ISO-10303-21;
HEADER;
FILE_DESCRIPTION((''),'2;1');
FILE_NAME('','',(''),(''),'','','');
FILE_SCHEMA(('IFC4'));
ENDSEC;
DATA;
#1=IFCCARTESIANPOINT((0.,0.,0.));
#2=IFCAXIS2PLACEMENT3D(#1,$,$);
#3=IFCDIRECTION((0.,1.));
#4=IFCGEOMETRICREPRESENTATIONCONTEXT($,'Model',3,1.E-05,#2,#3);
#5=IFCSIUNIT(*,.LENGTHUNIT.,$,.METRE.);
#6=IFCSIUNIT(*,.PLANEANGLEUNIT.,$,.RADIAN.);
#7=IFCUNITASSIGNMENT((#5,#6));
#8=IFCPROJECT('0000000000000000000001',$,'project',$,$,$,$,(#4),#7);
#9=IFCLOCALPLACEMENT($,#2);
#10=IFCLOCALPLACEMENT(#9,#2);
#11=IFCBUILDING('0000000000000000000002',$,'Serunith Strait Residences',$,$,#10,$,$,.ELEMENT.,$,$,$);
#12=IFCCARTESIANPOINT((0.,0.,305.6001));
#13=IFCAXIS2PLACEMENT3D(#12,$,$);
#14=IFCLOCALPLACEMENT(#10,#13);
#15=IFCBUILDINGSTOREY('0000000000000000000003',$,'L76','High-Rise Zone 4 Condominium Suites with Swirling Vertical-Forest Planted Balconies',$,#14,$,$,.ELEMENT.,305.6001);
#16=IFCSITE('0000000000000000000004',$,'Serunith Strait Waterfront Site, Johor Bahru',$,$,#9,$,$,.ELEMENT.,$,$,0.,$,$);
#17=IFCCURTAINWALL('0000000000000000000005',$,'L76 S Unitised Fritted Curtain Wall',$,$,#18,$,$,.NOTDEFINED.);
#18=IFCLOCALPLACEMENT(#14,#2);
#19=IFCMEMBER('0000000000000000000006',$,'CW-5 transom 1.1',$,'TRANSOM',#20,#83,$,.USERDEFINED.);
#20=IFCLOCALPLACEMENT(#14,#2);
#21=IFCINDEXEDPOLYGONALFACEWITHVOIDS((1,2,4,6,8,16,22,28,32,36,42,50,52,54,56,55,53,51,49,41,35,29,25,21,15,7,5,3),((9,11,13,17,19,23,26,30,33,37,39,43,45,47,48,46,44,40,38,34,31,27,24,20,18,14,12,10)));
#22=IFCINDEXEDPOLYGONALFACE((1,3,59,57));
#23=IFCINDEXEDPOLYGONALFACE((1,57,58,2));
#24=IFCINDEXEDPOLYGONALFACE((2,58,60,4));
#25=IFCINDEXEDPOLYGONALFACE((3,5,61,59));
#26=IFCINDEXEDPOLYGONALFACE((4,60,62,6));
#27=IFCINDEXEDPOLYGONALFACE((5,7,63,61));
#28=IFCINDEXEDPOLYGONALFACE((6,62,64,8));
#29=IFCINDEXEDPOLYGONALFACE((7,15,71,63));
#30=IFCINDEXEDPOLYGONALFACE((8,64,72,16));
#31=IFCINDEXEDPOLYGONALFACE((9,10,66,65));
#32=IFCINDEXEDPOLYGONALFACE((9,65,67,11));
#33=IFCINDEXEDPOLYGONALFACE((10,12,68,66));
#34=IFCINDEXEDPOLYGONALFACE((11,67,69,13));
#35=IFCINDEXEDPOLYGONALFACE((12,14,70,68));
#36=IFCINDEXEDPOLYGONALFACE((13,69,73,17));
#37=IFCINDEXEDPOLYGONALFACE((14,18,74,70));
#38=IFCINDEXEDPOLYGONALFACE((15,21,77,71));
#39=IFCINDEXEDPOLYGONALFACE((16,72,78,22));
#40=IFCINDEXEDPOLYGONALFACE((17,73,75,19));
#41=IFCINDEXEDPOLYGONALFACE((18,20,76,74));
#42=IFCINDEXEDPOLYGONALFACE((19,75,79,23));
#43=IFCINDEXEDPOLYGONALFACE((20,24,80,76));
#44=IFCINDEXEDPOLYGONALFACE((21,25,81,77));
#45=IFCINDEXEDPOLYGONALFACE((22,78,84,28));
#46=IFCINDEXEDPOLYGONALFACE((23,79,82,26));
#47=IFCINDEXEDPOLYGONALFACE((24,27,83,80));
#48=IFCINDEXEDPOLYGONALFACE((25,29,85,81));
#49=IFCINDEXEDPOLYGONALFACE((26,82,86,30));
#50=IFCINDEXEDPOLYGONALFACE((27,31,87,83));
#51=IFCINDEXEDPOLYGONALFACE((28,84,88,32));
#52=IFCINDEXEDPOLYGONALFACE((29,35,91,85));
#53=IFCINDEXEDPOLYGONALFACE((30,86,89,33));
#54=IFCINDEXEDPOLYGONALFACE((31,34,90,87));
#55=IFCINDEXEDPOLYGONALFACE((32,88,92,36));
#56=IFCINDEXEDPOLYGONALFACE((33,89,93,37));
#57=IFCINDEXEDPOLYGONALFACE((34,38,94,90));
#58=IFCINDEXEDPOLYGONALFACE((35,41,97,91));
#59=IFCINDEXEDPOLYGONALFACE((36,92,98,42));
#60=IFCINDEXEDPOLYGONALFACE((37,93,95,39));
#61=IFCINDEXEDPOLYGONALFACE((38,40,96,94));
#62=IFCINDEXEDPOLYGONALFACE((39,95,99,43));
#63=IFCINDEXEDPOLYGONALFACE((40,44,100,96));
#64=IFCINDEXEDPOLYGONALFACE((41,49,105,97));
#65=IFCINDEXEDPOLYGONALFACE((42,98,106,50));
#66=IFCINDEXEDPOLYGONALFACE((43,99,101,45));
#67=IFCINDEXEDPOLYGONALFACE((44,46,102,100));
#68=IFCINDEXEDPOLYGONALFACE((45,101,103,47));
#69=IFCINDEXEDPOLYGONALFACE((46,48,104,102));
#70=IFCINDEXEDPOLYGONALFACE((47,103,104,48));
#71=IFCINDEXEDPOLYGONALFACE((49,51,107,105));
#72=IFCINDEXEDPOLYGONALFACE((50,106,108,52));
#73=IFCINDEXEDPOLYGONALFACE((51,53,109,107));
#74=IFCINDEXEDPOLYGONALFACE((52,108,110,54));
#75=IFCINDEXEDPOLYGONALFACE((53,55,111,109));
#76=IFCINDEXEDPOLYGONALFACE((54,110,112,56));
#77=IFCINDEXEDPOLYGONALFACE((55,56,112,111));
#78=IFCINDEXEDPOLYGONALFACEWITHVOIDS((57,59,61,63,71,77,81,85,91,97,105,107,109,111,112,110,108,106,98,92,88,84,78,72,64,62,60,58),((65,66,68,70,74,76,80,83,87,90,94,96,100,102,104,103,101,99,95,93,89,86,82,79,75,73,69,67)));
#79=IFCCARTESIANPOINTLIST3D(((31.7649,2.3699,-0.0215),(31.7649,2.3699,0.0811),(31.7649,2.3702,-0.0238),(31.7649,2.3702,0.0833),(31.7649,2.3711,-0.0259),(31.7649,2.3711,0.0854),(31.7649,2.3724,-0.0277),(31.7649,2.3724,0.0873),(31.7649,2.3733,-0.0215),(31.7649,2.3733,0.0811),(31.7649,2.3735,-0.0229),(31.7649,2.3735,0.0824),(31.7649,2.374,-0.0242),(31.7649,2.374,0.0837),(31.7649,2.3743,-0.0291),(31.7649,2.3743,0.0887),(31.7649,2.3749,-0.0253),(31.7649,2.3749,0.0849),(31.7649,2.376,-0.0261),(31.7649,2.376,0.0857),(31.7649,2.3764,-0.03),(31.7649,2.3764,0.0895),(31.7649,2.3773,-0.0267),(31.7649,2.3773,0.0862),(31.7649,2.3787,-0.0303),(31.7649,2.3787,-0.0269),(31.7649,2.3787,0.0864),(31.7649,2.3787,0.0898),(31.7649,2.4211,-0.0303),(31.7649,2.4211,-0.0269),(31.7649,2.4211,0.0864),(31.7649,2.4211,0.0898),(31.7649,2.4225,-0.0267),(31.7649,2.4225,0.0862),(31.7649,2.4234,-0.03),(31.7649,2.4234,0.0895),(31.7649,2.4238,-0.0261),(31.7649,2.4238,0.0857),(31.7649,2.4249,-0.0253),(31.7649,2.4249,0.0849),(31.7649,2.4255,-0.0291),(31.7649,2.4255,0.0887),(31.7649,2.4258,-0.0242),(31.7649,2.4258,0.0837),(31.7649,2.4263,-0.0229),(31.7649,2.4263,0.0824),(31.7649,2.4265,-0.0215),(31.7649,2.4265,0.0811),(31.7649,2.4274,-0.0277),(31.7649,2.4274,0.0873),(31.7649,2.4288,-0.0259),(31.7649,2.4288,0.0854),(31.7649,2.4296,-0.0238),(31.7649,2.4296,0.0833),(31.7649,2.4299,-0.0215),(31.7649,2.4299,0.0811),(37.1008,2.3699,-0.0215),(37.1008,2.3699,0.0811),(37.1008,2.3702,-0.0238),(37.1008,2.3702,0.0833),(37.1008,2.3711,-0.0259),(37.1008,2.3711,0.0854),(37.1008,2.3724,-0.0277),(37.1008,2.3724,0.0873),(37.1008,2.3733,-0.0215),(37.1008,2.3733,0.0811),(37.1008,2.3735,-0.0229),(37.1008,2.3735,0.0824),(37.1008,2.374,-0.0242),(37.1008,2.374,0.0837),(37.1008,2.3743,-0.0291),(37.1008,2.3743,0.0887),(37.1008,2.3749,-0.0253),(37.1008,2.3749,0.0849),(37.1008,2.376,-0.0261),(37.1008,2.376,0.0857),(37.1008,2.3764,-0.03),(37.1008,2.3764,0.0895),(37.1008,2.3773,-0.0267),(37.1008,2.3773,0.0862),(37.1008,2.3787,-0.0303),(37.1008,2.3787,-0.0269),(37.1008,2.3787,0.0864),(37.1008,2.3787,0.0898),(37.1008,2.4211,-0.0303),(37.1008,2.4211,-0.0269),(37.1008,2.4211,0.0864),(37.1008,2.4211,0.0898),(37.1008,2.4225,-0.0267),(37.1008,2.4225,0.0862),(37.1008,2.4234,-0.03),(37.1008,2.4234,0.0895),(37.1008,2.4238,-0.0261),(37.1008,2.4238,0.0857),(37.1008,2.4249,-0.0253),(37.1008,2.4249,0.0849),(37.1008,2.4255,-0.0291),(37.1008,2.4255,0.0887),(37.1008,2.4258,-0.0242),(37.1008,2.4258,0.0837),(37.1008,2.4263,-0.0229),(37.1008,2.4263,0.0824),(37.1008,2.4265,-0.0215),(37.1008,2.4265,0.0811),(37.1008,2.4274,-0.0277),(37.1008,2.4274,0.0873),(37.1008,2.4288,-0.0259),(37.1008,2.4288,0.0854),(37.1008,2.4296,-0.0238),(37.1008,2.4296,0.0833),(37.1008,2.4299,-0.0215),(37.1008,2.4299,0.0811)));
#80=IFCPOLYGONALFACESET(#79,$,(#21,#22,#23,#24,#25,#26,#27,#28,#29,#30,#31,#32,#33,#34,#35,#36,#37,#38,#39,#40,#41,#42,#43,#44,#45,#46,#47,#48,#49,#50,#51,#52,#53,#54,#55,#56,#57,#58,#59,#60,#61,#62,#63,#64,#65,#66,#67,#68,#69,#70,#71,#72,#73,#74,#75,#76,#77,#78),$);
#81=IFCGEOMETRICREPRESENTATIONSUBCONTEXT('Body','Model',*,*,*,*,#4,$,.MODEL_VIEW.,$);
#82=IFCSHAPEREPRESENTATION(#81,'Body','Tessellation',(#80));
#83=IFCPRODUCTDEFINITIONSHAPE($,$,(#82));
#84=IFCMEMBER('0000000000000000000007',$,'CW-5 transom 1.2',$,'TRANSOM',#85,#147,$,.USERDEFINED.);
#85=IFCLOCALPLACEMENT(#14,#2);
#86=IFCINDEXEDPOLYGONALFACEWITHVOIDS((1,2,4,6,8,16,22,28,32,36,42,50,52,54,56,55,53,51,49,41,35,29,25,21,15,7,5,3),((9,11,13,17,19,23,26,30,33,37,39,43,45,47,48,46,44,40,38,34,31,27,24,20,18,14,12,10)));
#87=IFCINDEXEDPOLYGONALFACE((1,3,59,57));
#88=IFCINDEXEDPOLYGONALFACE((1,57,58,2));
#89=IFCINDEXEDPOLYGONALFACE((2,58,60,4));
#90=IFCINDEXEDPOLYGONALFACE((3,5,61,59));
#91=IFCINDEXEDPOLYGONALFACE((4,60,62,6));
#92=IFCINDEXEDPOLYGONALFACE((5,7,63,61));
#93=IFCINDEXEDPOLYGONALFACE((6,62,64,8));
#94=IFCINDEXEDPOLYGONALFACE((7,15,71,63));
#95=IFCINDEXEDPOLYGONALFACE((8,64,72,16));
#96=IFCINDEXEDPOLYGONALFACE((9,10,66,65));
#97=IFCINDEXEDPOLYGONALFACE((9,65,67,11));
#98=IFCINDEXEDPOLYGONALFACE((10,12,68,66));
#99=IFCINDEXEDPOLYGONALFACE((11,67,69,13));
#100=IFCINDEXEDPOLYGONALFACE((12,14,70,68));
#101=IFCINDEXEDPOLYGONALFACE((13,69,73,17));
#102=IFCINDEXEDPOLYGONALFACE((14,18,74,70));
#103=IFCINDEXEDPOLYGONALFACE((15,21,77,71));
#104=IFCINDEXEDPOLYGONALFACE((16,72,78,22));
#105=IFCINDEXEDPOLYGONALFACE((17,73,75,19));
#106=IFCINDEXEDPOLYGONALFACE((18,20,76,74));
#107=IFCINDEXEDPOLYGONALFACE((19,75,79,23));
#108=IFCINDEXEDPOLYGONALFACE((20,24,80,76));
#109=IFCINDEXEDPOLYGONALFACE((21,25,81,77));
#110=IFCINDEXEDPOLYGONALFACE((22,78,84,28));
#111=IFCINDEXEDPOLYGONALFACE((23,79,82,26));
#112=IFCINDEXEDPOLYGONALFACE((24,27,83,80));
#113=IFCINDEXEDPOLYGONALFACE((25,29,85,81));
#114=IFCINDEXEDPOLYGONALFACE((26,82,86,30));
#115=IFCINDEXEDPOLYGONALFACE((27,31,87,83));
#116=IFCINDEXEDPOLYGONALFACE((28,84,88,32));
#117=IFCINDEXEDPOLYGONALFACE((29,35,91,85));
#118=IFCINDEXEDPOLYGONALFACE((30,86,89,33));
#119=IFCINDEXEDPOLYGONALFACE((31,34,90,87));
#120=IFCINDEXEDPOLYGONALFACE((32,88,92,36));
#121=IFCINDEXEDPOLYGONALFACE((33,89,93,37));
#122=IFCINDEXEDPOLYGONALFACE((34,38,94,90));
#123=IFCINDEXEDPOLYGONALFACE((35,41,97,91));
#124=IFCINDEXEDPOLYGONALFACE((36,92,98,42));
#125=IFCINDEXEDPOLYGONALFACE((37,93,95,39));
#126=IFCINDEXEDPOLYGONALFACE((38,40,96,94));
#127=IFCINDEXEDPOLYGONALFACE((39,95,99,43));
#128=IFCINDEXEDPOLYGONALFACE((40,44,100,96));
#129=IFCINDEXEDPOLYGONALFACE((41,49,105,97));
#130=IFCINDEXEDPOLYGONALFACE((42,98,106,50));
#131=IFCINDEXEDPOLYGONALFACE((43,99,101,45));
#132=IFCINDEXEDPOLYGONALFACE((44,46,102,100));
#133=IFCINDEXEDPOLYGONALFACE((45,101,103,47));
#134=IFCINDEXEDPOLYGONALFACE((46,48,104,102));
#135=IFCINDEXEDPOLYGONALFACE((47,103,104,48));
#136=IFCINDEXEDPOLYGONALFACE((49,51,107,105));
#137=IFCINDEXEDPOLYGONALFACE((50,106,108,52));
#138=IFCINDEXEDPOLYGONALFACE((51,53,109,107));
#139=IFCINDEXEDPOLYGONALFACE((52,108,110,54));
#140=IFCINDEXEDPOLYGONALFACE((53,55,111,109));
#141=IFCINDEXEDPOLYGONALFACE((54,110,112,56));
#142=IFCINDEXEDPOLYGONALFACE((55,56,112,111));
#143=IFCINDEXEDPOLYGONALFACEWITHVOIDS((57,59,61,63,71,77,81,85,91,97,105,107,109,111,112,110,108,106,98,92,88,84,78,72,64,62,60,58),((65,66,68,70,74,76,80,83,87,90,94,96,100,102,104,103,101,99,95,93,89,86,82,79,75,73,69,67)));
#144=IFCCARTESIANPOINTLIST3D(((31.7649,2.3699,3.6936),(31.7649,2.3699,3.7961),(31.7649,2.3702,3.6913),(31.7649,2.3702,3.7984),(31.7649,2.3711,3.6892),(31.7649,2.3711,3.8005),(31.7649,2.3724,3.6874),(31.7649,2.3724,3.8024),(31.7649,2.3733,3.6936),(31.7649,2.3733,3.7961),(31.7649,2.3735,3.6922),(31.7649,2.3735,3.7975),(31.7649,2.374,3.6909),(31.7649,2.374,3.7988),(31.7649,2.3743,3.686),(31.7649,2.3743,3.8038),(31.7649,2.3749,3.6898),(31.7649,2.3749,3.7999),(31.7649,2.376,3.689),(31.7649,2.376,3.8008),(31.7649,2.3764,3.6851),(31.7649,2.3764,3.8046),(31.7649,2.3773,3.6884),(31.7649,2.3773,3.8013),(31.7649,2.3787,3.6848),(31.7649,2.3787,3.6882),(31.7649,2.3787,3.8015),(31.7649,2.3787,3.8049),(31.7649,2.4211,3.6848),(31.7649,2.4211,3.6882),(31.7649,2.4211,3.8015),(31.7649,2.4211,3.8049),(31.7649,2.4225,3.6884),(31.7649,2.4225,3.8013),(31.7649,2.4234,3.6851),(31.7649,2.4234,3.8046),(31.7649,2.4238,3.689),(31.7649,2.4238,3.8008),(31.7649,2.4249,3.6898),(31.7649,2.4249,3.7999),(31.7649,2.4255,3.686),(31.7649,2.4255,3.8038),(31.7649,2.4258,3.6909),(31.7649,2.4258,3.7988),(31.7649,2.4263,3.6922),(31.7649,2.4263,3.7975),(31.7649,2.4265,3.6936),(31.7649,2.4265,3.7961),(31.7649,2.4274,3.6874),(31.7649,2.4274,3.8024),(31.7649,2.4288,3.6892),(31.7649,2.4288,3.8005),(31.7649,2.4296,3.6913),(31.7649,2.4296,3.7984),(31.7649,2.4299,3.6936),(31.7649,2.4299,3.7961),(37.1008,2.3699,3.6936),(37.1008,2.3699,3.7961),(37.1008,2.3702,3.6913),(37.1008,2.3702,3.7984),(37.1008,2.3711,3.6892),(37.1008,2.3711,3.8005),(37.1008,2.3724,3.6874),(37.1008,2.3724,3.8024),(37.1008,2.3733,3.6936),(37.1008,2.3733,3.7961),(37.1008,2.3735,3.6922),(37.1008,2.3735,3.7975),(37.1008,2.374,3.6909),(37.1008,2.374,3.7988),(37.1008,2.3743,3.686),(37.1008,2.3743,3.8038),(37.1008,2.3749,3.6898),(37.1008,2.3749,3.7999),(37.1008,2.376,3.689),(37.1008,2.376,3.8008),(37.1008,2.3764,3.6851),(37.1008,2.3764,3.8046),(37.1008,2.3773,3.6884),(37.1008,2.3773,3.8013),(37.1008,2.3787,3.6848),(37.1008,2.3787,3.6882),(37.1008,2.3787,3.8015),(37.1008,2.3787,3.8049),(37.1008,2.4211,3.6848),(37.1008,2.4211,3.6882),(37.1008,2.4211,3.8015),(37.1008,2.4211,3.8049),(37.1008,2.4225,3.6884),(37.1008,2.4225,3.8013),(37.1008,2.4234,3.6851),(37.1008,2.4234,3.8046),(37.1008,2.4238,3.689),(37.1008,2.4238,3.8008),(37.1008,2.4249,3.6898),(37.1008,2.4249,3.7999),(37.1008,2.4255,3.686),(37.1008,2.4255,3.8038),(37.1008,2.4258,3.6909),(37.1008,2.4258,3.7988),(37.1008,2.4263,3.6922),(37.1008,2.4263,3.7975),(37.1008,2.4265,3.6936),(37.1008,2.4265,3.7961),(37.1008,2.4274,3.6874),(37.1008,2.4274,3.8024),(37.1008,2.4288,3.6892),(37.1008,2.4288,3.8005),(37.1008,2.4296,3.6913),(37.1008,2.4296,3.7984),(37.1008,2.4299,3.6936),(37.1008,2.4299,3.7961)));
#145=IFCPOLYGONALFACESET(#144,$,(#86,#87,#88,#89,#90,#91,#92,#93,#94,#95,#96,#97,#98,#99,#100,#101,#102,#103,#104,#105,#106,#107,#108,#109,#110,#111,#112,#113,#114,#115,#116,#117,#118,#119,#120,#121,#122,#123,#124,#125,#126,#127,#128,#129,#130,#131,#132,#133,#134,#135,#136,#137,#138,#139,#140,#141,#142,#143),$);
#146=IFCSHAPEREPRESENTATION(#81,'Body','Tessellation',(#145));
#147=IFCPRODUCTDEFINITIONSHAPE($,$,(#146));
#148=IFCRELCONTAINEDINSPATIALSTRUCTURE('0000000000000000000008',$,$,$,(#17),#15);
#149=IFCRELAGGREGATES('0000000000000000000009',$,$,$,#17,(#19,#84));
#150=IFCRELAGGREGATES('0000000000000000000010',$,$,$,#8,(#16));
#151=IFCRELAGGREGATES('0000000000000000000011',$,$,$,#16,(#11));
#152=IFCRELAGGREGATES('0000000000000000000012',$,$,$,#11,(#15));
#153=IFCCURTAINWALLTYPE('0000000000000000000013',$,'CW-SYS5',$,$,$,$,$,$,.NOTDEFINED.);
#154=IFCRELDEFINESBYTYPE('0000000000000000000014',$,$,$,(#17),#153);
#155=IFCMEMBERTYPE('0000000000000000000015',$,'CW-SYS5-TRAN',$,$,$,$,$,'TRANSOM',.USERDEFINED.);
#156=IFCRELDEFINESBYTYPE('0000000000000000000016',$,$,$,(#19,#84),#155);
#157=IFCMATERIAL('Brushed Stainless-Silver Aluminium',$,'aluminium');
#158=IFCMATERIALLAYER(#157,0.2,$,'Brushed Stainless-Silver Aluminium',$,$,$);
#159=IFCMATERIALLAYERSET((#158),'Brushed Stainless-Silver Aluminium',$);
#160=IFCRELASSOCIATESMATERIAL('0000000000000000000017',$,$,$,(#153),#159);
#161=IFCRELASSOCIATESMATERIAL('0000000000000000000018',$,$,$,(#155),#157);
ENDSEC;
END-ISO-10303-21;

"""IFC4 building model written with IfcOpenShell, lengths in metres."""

from ifc_helpers import new_model, si_unit, direction, frame, origin, origin_2d, place, context, subcontext, project, spatial, hollow_rectangle, extrude, source, transform, mapped, material, layer, layer_set, material_profile, profile_set, type_object, element, aggregate, save


model = new_model("IFC4")

# Units and contexts
model_context = context("Model", 3, precision=1e-05, world=origin(), true_north=direction((0.0, 1.0)))
body_context = subcontext(model_context, "Body", "Model", "MODEL_VIEW")
ifc_project = project(units=[si_unit("LENGTHUNIT", "METRE"), si_unit("PLANEANGLEUNIT", "RADIAN")], contexts=[model_context])

# Site, building, storey
site_placement = place(None, origin())
site = spatial("IfcSite", under=ifc_project, at=site_placement, Name="Serunith Strait Waterfront Site, Johor Bahru", CompositionType="ELEMENT", RefElevation=0.0)
building_placement = place(site_placement, origin())
building = spatial("IfcBuilding", under=site, at=building_placement, Name="Serunith Strait Residences", CompositionType="ELEMENT")
storey_placement = place(building_placement, frame((0.0, 0.0, 305.6001)))
storey = spatial("IfcBuildingStorey", under=building, at=storey_placement, Name="L76", Description="High-Rise Zone 4 Condominium Suites with Swirling Vertical-Forest Planted Balconies", CompositionType="ELEMENT", Elevation=305.6001)

# Curtain wall, members
ifc_material_1 = material(Name="Brushed Stainless-Silver Aluminium", Category="aluminium")
ifc_layer_1 = layer(ifc_material_1, 0.2, Name="Brushed Stainless-Silver Aluminium")
ifc_layer_set_1 = layer_set([ifc_layer_1], Name="Brushed Stainless-Silver Aluminium")
curtain_wall_type = type_object("IfcCurtainWallType", Name="CW-SYS5", PredefinedType="NOTDEFINED", material=ifc_layer_set_1)
curtain_wall_placement = place(storey_placement, origin())
curtain_wall = element("IfcCurtainWall", 1, at=curtain_wall_placement, inside=storey, type_object=curtain_wall_type, Name="L76 S Unitised Fritted Curtain Wall", PredefinedType="NOTDEFINED")
ifc_material_profile_1 = material_profile(ifc_material_1, hollow_rectangle(XDim=0.0601, YDim=0.1201, WallThickness=0.0034, InnerFilletRadius=0.0054, OuterFilletRadius=0.0088, at=origin_2d()), Name="ALU 120x60x3.5")
ifc_profile_set_1 = profile_set([ifc_material_profile_1], Name="Brushed Stainless-Silver Aluminium")
member_type_1 = type_object("IfcMemberType", Name="CW-SYS5-TRAN", ElementType="TRANSOM", PredefinedType="USERDEFINED", material=ifc_profile_set_1)
shared_shape_1 = source(origin(), body_context, "Body", "SweptSolid", [
    extrude(hollow_rectangle(XDim=0.0601, YDim=0.1201, WallThickness=0.0034, InnerFilletRadius=0.0054, OuterFilletRadius=0.0088, at=origin_2d()), origin(), (0.0, 0.0, 1.0), 5.3359),
])
member_1_placement = place(storey_placement, frame((31.7649, 2.3999, 0.0298), z_axis=(1.0, 0.0, 0.0), x_axis=(0.0, 1.0, 0.0)))
member_1 = element("IfcMember", 2, at=member_1_placement, type_object=member_type_1, Name="CW-5 transom 1.1", ObjectType="TRANSOM", PredefinedType="USERDEFINED", context=body_context, shape_type="MappedRepresentation", body=[
    mapped(shared_shape_1, transform((0.0, 0.0, 0.0), scale=1.0)),
])
member_2_placement = place(storey_placement, frame((31.7649, 2.3999, 3.7449), z_axis=(1.0, 0.0, 0.0), x_axis=(0.0, 1.0, 0.0)))
member_2 = element("IfcMember", 3, at=member_2_placement, type_object=member_type_1, Name="CW-5 transom 1.2", ObjectType="TRANSOM", PredefinedType="USERDEFINED", context=body_context, shape_type="MappedRepresentation", body=[
    mapped(shared_shape_1, transform((0.0, 0.0, 0.0), scale=1.0)),
])
aggregate(curtain_wall, [member_1, member_2])

save(model, "model.ifc")
